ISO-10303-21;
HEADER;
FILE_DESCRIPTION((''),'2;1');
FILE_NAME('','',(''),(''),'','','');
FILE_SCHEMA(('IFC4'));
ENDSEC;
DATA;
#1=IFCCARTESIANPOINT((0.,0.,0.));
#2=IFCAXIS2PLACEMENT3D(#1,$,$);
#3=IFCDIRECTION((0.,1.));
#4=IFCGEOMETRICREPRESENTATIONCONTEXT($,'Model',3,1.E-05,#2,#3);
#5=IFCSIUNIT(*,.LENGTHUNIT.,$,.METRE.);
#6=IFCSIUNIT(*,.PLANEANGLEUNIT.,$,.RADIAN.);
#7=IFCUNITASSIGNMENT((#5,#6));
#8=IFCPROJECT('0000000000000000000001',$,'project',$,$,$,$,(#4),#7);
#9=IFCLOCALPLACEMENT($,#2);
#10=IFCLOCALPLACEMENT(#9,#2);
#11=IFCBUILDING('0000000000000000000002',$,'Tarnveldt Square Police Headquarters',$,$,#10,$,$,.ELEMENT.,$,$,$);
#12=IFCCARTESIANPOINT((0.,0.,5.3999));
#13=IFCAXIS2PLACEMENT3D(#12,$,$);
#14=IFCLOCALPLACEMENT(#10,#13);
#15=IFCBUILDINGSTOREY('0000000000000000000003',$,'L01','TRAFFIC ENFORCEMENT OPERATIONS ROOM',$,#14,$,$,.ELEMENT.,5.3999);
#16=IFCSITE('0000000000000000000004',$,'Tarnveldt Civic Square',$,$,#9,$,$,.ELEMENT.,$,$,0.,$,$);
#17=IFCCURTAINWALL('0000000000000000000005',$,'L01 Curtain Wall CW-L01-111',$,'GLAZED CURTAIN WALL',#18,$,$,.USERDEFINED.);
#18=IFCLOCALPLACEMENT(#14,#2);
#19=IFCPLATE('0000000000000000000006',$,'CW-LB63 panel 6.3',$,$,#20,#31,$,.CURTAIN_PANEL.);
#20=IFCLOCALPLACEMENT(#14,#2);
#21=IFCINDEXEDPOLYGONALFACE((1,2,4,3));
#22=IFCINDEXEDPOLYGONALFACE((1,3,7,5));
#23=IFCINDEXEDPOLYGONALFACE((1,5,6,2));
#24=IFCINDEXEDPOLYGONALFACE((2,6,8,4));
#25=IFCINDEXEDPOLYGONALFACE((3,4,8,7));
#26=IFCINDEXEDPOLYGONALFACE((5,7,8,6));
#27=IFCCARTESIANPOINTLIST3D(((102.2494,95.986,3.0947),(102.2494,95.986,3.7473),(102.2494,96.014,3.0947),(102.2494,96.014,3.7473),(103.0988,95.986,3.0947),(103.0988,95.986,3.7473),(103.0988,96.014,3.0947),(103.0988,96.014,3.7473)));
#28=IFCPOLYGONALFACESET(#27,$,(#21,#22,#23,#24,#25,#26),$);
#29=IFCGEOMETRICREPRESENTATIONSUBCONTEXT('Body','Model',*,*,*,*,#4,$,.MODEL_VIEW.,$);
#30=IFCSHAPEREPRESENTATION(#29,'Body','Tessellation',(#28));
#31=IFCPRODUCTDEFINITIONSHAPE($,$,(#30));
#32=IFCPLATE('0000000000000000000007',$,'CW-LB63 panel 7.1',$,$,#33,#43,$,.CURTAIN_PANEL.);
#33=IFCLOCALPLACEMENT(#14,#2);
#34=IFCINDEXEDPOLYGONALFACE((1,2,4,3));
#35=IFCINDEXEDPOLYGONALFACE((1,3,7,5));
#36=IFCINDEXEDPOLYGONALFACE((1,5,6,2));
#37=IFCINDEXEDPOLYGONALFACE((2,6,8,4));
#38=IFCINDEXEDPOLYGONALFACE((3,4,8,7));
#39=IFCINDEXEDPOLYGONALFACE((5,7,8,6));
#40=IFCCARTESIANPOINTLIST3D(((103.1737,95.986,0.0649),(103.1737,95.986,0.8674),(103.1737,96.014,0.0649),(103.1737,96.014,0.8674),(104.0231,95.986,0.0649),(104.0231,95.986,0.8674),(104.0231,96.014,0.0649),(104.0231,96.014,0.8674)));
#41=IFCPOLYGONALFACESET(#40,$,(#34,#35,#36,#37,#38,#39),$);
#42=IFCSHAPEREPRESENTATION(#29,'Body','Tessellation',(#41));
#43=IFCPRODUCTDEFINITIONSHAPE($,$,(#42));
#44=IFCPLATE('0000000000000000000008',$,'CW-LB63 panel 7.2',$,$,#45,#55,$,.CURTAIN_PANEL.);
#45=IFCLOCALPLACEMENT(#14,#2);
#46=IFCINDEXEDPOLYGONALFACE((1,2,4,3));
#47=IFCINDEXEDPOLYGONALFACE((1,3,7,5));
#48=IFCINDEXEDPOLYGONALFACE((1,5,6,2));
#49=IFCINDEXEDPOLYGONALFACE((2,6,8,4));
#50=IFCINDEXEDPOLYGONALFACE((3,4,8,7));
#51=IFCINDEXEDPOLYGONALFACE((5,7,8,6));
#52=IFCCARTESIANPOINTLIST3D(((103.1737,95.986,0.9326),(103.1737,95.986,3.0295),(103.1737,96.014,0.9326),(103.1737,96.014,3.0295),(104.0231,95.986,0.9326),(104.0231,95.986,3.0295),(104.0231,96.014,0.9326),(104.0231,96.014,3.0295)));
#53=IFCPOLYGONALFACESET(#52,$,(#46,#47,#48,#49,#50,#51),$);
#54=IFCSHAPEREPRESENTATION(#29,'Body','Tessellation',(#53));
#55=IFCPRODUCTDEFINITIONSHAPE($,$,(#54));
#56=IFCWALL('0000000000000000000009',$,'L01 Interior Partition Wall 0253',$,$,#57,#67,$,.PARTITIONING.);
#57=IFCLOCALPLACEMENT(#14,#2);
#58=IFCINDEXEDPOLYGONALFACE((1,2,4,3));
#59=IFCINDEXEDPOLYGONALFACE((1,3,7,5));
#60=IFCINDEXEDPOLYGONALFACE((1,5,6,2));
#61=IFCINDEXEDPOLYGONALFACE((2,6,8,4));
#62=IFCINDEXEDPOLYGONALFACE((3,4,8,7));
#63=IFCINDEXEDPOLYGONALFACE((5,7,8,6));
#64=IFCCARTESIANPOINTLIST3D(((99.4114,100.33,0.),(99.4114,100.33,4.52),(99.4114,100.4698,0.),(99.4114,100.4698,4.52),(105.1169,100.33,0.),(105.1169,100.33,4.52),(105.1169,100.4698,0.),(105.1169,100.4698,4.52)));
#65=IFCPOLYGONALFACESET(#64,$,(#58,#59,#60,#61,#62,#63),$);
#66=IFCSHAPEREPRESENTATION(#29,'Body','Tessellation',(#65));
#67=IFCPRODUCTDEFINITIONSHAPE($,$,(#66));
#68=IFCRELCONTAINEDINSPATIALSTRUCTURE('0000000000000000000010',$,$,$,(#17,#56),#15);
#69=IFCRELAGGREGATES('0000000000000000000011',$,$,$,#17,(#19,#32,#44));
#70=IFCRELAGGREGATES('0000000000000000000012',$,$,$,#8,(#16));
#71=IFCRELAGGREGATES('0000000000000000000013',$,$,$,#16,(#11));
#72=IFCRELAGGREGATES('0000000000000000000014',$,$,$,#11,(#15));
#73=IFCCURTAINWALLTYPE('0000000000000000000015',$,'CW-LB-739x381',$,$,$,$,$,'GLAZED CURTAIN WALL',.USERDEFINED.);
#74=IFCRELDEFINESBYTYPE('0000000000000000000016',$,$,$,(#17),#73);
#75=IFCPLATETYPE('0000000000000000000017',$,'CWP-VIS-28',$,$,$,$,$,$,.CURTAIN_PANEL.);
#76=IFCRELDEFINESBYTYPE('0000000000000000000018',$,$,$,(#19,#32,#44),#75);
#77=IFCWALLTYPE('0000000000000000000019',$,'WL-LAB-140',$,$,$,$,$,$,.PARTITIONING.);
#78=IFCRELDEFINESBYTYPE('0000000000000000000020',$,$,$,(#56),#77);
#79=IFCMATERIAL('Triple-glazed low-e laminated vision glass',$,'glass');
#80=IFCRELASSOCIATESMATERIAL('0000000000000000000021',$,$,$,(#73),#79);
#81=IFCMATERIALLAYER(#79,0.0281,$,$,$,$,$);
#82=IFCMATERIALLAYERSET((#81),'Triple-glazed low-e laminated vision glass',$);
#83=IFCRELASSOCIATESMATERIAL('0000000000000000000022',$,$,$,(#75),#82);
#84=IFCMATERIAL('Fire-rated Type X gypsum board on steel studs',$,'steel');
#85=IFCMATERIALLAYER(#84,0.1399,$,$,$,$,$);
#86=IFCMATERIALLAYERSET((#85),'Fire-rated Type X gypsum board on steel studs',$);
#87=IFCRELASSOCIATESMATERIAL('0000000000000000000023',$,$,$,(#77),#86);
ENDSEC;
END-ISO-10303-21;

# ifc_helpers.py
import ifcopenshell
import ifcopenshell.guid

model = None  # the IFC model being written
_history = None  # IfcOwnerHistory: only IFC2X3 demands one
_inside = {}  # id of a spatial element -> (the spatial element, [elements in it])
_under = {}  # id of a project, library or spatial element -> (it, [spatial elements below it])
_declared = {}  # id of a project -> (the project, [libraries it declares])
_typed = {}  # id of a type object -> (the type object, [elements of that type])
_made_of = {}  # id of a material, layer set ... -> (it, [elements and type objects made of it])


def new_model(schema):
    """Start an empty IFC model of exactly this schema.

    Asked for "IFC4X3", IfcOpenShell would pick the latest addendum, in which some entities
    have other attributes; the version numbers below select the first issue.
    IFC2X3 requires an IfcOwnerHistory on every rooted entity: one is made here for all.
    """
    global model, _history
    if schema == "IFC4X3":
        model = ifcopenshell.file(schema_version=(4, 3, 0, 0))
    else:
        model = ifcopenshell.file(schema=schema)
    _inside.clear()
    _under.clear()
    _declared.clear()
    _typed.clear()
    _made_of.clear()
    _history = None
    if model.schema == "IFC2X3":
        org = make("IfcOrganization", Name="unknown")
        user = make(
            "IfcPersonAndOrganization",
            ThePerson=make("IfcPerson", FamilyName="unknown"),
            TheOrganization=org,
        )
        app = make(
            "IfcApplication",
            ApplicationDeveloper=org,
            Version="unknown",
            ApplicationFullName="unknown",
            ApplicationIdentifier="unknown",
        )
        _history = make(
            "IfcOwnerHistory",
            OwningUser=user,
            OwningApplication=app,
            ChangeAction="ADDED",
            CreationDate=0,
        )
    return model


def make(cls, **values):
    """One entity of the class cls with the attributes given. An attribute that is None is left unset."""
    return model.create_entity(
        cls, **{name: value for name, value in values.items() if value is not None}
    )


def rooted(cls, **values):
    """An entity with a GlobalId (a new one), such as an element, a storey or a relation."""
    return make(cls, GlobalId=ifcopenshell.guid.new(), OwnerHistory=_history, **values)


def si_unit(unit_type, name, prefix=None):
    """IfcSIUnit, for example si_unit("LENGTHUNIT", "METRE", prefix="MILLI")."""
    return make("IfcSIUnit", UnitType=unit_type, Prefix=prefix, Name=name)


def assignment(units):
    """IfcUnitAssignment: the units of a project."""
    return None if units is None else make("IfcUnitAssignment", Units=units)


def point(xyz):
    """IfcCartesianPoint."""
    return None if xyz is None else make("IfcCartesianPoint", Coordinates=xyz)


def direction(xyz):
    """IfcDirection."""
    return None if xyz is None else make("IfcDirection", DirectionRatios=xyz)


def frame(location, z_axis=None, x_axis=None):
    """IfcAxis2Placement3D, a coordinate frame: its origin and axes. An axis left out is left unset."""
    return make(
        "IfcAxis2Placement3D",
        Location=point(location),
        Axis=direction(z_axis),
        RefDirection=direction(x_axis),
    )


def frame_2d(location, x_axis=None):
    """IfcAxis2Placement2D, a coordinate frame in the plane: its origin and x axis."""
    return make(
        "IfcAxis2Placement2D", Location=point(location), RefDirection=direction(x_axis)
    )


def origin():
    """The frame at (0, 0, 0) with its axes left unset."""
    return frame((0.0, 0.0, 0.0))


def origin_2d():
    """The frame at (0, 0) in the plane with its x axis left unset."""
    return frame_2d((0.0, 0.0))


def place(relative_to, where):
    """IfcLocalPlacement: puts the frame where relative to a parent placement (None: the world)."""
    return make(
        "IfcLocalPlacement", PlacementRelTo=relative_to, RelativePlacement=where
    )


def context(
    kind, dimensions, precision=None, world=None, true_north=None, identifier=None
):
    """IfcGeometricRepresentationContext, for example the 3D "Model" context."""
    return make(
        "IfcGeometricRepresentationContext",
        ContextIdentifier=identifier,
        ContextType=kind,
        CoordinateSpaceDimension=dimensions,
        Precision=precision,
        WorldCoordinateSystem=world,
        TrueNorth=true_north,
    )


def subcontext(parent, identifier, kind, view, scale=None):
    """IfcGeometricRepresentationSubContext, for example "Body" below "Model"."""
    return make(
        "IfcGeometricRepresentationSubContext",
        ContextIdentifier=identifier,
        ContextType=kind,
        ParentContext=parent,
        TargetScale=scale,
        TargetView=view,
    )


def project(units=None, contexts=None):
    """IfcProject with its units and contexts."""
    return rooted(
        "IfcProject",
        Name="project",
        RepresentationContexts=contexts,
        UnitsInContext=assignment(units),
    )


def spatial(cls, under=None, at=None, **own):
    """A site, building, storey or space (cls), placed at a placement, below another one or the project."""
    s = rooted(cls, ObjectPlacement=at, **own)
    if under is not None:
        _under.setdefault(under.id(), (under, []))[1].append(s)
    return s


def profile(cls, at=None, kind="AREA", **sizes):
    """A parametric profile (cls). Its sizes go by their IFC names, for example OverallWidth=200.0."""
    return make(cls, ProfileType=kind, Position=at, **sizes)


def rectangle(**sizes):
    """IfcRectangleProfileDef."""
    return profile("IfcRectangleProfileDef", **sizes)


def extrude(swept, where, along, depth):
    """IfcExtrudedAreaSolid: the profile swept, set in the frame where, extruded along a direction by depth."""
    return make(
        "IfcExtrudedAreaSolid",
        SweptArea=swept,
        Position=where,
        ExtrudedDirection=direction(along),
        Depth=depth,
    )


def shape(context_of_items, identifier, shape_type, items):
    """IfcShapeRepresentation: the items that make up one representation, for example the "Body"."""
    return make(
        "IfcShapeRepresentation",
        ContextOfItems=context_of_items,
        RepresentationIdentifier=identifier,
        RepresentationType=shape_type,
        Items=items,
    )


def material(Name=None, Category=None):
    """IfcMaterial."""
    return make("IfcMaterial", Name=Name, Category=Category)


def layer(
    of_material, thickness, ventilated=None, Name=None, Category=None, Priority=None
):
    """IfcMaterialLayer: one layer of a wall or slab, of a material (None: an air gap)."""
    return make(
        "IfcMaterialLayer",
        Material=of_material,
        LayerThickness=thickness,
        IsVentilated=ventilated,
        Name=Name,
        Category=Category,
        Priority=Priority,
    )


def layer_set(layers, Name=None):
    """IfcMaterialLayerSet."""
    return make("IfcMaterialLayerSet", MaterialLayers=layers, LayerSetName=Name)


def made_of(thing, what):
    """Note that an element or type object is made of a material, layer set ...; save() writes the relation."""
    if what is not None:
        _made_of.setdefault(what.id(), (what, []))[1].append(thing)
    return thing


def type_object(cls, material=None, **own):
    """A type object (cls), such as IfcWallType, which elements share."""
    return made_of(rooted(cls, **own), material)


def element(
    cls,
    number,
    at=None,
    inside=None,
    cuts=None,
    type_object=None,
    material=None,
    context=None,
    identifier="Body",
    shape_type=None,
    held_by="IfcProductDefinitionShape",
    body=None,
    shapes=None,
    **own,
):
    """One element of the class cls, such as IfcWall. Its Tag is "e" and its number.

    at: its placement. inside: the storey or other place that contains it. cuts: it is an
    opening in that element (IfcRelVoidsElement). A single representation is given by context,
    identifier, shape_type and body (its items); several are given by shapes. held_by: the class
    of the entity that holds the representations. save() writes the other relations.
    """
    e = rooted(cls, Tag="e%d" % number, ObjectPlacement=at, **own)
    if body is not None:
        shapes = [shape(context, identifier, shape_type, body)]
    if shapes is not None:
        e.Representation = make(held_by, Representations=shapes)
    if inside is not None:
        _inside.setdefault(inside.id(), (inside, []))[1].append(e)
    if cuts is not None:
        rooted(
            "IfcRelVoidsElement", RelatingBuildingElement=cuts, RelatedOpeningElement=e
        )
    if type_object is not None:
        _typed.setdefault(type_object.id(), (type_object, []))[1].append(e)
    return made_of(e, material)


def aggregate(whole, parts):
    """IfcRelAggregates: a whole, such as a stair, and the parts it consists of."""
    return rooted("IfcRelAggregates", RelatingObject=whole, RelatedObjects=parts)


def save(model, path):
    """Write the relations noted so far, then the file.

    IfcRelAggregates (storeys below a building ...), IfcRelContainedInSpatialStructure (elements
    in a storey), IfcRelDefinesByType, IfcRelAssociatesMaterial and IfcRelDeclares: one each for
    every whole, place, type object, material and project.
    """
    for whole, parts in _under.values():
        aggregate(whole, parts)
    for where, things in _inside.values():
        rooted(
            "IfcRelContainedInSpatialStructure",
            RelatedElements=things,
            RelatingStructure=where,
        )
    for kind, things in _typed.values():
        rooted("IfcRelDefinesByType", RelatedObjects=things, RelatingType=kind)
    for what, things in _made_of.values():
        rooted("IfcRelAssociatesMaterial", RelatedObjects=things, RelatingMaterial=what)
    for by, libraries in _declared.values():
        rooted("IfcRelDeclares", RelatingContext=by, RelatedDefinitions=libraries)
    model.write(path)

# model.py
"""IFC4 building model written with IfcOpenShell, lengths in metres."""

from ifc_helpers import new_model, si_unit, direction, frame, frame_2d, origin, origin_2d, place, context, subcontext, project, spatial, rectangle, extrude, material, layer, layer_set, type_object, element, aggregate, save


model = new_model("IFC4")

# Units and contexts
model_context = context("Model", 3, precision=1e-05, world=origin(), true_north=direction((0.0, 1.0)))
body_context = subcontext(model_context, "Body", "Model", "MODEL_VIEW")
ifc_project = project(units=[si_unit("LENGTHUNIT", "METRE"), si_unit("PLANEANGLEUNIT", "RADIAN")], contexts=[model_context])

# Site, building, storey
site_placement = place(None, origin())
site = spatial("IfcSite", under=ifc_project, at=site_placement, Name="Tarnveldt Civic Square", CompositionType="ELEMENT", RefElevation=0.0)
building_placement = place(site_placement, origin())
building = spatial("IfcBuilding", under=site, at=building_placement, Name="Tarnveldt Square Police Headquarters", CompositionType="ELEMENT")
storey_placement = place(building_placement, frame((0.0, 0.0, 5.3999)))
storey = spatial("IfcBuildingStorey", under=building, at=storey_placement, Name="L01", Description="TRAFFIC ENFORCEMENT OPERATIONS ROOM", CompositionType="ELEMENT", Elevation=5.3999)

# Curtain wall, plates
ifc_material_1 = material(Name="Triple-glazed low-e laminated vision glass", Category="glass")
curtain_wall_type = type_object("IfcCurtainWallType", Name="CW-LB-739x381", ElementType="GLAZED CURTAIN WALL", PredefinedType="USERDEFINED", material=ifc_material_1)
curtain_wall_placement = place(storey_placement, origin())
curtain_wall = element("IfcCurtainWall", 1, at=curtain_wall_placement, inside=storey, type_object=curtain_wall_type, Name="L01 Curtain Wall CW-L01-111", ObjectType="GLAZED CURTAIN WALL", PredefinedType="USERDEFINED")
ifc_layer_1 = layer(ifc_material_1, 0.0281)
ifc_layer_set_1 = layer_set([ifc_layer_1], Name="Triple-glazed low-e laminated vision glass")
plate_type = type_object("IfcPlateType", Name="CWP-VIS-28", PredefinedType="CURTAIN_PANEL", material=ifc_layer_set_1)
plate_1_placement = place(storey_placement, frame((102.6741, 96.0, 3.0947), z_axis=(0.0, 0.0, 1.0), x_axis=(1.0, 0.0, 0.0)))
plate_1 = element("IfcPlate", 2, at=plate_1_placement, type_object=plate_type, Name="CW-LB63 panel 6.3", PredefinedType="CURTAIN_PANEL", context=body_context, shape_type="SweptSolid", body=[
    extrude(rectangle(XDim=0.8494, YDim=0.0281, at=origin_2d()), origin(), (0.0, 0.0, 1.0), 0.6526),
])
plate_2_placement = place(storey_placement, frame((103.5984, 96.0, 0.0649), z_axis=(0.0, 0.0, 1.0), x_axis=(1.0, 0.0, 0.0)))
plate_2 = element("IfcPlate", 3, at=plate_2_placement, type_object=plate_type, Name="CW-LB63 panel 7.1", PredefinedType="CURTAIN_PANEL", context=body_context, shape_type="SweptSolid", body=[
    extrude(rectangle(XDim=0.8494, YDim=0.0281, at=origin_2d()), origin(), (0.0, 0.0, 1.0), 0.8025),
])
plate_3_placement = place(storey_placement, frame((103.5984, 96.0, 0.9326), z_axis=(0.0, 0.0, 1.0), x_axis=(1.0, 0.0, 0.0)))
plate_3 = element("IfcPlate", 4, at=plate_3_placement, type_object=plate_type, Name="CW-LB63 panel 7.2", PredefinedType="CURTAIN_PANEL", context=body_context, shape_type="SweptSolid", body=[
    extrude(rectangle(XDim=0.8494, YDim=0.0281, at=origin_2d()), origin(), (0.0, 0.0, 1.0), 2.0969),
])
aggregate(curtain_wall, [plate_1, plate_2, plate_3])

# Wall
ifc_material_2 = material(Name="Fire-rated Type X gypsum board on steel studs", Category="steel")
ifc_layer_2 = layer(ifc_material_2, 0.1399)
ifc_layer_set_2 = layer_set([ifc_layer_2], Name="Fire-rated Type X gypsum board on steel studs")
wall_type = type_object("IfcWallType", Name="WL-LAB-140", PredefinedType="PARTITIONING", material=ifc_layer_set_2)
wall_placement = place(storey_placement, frame((99.4114, 100.3999, 0.0), z_axis=(0.0, 0.0, 1.0), x_axis=(1.0, 0.0, 0.0)))
element("IfcWall", 5, at=wall_placement, inside=storey, type_object=wall_type, Name="L01 Interior Partition Wall 0253", PredefinedType="PARTITIONING", context=body_context, shape_type="SweptSolid", body=[
    extrude(rectangle(XDim=5.7056, YDim=0.1399, at=frame_2d((2.8528, 0.0))), origin(), (0.0, 0.0, 1.0), 4.52),
])

save(model, "model.ifc")
